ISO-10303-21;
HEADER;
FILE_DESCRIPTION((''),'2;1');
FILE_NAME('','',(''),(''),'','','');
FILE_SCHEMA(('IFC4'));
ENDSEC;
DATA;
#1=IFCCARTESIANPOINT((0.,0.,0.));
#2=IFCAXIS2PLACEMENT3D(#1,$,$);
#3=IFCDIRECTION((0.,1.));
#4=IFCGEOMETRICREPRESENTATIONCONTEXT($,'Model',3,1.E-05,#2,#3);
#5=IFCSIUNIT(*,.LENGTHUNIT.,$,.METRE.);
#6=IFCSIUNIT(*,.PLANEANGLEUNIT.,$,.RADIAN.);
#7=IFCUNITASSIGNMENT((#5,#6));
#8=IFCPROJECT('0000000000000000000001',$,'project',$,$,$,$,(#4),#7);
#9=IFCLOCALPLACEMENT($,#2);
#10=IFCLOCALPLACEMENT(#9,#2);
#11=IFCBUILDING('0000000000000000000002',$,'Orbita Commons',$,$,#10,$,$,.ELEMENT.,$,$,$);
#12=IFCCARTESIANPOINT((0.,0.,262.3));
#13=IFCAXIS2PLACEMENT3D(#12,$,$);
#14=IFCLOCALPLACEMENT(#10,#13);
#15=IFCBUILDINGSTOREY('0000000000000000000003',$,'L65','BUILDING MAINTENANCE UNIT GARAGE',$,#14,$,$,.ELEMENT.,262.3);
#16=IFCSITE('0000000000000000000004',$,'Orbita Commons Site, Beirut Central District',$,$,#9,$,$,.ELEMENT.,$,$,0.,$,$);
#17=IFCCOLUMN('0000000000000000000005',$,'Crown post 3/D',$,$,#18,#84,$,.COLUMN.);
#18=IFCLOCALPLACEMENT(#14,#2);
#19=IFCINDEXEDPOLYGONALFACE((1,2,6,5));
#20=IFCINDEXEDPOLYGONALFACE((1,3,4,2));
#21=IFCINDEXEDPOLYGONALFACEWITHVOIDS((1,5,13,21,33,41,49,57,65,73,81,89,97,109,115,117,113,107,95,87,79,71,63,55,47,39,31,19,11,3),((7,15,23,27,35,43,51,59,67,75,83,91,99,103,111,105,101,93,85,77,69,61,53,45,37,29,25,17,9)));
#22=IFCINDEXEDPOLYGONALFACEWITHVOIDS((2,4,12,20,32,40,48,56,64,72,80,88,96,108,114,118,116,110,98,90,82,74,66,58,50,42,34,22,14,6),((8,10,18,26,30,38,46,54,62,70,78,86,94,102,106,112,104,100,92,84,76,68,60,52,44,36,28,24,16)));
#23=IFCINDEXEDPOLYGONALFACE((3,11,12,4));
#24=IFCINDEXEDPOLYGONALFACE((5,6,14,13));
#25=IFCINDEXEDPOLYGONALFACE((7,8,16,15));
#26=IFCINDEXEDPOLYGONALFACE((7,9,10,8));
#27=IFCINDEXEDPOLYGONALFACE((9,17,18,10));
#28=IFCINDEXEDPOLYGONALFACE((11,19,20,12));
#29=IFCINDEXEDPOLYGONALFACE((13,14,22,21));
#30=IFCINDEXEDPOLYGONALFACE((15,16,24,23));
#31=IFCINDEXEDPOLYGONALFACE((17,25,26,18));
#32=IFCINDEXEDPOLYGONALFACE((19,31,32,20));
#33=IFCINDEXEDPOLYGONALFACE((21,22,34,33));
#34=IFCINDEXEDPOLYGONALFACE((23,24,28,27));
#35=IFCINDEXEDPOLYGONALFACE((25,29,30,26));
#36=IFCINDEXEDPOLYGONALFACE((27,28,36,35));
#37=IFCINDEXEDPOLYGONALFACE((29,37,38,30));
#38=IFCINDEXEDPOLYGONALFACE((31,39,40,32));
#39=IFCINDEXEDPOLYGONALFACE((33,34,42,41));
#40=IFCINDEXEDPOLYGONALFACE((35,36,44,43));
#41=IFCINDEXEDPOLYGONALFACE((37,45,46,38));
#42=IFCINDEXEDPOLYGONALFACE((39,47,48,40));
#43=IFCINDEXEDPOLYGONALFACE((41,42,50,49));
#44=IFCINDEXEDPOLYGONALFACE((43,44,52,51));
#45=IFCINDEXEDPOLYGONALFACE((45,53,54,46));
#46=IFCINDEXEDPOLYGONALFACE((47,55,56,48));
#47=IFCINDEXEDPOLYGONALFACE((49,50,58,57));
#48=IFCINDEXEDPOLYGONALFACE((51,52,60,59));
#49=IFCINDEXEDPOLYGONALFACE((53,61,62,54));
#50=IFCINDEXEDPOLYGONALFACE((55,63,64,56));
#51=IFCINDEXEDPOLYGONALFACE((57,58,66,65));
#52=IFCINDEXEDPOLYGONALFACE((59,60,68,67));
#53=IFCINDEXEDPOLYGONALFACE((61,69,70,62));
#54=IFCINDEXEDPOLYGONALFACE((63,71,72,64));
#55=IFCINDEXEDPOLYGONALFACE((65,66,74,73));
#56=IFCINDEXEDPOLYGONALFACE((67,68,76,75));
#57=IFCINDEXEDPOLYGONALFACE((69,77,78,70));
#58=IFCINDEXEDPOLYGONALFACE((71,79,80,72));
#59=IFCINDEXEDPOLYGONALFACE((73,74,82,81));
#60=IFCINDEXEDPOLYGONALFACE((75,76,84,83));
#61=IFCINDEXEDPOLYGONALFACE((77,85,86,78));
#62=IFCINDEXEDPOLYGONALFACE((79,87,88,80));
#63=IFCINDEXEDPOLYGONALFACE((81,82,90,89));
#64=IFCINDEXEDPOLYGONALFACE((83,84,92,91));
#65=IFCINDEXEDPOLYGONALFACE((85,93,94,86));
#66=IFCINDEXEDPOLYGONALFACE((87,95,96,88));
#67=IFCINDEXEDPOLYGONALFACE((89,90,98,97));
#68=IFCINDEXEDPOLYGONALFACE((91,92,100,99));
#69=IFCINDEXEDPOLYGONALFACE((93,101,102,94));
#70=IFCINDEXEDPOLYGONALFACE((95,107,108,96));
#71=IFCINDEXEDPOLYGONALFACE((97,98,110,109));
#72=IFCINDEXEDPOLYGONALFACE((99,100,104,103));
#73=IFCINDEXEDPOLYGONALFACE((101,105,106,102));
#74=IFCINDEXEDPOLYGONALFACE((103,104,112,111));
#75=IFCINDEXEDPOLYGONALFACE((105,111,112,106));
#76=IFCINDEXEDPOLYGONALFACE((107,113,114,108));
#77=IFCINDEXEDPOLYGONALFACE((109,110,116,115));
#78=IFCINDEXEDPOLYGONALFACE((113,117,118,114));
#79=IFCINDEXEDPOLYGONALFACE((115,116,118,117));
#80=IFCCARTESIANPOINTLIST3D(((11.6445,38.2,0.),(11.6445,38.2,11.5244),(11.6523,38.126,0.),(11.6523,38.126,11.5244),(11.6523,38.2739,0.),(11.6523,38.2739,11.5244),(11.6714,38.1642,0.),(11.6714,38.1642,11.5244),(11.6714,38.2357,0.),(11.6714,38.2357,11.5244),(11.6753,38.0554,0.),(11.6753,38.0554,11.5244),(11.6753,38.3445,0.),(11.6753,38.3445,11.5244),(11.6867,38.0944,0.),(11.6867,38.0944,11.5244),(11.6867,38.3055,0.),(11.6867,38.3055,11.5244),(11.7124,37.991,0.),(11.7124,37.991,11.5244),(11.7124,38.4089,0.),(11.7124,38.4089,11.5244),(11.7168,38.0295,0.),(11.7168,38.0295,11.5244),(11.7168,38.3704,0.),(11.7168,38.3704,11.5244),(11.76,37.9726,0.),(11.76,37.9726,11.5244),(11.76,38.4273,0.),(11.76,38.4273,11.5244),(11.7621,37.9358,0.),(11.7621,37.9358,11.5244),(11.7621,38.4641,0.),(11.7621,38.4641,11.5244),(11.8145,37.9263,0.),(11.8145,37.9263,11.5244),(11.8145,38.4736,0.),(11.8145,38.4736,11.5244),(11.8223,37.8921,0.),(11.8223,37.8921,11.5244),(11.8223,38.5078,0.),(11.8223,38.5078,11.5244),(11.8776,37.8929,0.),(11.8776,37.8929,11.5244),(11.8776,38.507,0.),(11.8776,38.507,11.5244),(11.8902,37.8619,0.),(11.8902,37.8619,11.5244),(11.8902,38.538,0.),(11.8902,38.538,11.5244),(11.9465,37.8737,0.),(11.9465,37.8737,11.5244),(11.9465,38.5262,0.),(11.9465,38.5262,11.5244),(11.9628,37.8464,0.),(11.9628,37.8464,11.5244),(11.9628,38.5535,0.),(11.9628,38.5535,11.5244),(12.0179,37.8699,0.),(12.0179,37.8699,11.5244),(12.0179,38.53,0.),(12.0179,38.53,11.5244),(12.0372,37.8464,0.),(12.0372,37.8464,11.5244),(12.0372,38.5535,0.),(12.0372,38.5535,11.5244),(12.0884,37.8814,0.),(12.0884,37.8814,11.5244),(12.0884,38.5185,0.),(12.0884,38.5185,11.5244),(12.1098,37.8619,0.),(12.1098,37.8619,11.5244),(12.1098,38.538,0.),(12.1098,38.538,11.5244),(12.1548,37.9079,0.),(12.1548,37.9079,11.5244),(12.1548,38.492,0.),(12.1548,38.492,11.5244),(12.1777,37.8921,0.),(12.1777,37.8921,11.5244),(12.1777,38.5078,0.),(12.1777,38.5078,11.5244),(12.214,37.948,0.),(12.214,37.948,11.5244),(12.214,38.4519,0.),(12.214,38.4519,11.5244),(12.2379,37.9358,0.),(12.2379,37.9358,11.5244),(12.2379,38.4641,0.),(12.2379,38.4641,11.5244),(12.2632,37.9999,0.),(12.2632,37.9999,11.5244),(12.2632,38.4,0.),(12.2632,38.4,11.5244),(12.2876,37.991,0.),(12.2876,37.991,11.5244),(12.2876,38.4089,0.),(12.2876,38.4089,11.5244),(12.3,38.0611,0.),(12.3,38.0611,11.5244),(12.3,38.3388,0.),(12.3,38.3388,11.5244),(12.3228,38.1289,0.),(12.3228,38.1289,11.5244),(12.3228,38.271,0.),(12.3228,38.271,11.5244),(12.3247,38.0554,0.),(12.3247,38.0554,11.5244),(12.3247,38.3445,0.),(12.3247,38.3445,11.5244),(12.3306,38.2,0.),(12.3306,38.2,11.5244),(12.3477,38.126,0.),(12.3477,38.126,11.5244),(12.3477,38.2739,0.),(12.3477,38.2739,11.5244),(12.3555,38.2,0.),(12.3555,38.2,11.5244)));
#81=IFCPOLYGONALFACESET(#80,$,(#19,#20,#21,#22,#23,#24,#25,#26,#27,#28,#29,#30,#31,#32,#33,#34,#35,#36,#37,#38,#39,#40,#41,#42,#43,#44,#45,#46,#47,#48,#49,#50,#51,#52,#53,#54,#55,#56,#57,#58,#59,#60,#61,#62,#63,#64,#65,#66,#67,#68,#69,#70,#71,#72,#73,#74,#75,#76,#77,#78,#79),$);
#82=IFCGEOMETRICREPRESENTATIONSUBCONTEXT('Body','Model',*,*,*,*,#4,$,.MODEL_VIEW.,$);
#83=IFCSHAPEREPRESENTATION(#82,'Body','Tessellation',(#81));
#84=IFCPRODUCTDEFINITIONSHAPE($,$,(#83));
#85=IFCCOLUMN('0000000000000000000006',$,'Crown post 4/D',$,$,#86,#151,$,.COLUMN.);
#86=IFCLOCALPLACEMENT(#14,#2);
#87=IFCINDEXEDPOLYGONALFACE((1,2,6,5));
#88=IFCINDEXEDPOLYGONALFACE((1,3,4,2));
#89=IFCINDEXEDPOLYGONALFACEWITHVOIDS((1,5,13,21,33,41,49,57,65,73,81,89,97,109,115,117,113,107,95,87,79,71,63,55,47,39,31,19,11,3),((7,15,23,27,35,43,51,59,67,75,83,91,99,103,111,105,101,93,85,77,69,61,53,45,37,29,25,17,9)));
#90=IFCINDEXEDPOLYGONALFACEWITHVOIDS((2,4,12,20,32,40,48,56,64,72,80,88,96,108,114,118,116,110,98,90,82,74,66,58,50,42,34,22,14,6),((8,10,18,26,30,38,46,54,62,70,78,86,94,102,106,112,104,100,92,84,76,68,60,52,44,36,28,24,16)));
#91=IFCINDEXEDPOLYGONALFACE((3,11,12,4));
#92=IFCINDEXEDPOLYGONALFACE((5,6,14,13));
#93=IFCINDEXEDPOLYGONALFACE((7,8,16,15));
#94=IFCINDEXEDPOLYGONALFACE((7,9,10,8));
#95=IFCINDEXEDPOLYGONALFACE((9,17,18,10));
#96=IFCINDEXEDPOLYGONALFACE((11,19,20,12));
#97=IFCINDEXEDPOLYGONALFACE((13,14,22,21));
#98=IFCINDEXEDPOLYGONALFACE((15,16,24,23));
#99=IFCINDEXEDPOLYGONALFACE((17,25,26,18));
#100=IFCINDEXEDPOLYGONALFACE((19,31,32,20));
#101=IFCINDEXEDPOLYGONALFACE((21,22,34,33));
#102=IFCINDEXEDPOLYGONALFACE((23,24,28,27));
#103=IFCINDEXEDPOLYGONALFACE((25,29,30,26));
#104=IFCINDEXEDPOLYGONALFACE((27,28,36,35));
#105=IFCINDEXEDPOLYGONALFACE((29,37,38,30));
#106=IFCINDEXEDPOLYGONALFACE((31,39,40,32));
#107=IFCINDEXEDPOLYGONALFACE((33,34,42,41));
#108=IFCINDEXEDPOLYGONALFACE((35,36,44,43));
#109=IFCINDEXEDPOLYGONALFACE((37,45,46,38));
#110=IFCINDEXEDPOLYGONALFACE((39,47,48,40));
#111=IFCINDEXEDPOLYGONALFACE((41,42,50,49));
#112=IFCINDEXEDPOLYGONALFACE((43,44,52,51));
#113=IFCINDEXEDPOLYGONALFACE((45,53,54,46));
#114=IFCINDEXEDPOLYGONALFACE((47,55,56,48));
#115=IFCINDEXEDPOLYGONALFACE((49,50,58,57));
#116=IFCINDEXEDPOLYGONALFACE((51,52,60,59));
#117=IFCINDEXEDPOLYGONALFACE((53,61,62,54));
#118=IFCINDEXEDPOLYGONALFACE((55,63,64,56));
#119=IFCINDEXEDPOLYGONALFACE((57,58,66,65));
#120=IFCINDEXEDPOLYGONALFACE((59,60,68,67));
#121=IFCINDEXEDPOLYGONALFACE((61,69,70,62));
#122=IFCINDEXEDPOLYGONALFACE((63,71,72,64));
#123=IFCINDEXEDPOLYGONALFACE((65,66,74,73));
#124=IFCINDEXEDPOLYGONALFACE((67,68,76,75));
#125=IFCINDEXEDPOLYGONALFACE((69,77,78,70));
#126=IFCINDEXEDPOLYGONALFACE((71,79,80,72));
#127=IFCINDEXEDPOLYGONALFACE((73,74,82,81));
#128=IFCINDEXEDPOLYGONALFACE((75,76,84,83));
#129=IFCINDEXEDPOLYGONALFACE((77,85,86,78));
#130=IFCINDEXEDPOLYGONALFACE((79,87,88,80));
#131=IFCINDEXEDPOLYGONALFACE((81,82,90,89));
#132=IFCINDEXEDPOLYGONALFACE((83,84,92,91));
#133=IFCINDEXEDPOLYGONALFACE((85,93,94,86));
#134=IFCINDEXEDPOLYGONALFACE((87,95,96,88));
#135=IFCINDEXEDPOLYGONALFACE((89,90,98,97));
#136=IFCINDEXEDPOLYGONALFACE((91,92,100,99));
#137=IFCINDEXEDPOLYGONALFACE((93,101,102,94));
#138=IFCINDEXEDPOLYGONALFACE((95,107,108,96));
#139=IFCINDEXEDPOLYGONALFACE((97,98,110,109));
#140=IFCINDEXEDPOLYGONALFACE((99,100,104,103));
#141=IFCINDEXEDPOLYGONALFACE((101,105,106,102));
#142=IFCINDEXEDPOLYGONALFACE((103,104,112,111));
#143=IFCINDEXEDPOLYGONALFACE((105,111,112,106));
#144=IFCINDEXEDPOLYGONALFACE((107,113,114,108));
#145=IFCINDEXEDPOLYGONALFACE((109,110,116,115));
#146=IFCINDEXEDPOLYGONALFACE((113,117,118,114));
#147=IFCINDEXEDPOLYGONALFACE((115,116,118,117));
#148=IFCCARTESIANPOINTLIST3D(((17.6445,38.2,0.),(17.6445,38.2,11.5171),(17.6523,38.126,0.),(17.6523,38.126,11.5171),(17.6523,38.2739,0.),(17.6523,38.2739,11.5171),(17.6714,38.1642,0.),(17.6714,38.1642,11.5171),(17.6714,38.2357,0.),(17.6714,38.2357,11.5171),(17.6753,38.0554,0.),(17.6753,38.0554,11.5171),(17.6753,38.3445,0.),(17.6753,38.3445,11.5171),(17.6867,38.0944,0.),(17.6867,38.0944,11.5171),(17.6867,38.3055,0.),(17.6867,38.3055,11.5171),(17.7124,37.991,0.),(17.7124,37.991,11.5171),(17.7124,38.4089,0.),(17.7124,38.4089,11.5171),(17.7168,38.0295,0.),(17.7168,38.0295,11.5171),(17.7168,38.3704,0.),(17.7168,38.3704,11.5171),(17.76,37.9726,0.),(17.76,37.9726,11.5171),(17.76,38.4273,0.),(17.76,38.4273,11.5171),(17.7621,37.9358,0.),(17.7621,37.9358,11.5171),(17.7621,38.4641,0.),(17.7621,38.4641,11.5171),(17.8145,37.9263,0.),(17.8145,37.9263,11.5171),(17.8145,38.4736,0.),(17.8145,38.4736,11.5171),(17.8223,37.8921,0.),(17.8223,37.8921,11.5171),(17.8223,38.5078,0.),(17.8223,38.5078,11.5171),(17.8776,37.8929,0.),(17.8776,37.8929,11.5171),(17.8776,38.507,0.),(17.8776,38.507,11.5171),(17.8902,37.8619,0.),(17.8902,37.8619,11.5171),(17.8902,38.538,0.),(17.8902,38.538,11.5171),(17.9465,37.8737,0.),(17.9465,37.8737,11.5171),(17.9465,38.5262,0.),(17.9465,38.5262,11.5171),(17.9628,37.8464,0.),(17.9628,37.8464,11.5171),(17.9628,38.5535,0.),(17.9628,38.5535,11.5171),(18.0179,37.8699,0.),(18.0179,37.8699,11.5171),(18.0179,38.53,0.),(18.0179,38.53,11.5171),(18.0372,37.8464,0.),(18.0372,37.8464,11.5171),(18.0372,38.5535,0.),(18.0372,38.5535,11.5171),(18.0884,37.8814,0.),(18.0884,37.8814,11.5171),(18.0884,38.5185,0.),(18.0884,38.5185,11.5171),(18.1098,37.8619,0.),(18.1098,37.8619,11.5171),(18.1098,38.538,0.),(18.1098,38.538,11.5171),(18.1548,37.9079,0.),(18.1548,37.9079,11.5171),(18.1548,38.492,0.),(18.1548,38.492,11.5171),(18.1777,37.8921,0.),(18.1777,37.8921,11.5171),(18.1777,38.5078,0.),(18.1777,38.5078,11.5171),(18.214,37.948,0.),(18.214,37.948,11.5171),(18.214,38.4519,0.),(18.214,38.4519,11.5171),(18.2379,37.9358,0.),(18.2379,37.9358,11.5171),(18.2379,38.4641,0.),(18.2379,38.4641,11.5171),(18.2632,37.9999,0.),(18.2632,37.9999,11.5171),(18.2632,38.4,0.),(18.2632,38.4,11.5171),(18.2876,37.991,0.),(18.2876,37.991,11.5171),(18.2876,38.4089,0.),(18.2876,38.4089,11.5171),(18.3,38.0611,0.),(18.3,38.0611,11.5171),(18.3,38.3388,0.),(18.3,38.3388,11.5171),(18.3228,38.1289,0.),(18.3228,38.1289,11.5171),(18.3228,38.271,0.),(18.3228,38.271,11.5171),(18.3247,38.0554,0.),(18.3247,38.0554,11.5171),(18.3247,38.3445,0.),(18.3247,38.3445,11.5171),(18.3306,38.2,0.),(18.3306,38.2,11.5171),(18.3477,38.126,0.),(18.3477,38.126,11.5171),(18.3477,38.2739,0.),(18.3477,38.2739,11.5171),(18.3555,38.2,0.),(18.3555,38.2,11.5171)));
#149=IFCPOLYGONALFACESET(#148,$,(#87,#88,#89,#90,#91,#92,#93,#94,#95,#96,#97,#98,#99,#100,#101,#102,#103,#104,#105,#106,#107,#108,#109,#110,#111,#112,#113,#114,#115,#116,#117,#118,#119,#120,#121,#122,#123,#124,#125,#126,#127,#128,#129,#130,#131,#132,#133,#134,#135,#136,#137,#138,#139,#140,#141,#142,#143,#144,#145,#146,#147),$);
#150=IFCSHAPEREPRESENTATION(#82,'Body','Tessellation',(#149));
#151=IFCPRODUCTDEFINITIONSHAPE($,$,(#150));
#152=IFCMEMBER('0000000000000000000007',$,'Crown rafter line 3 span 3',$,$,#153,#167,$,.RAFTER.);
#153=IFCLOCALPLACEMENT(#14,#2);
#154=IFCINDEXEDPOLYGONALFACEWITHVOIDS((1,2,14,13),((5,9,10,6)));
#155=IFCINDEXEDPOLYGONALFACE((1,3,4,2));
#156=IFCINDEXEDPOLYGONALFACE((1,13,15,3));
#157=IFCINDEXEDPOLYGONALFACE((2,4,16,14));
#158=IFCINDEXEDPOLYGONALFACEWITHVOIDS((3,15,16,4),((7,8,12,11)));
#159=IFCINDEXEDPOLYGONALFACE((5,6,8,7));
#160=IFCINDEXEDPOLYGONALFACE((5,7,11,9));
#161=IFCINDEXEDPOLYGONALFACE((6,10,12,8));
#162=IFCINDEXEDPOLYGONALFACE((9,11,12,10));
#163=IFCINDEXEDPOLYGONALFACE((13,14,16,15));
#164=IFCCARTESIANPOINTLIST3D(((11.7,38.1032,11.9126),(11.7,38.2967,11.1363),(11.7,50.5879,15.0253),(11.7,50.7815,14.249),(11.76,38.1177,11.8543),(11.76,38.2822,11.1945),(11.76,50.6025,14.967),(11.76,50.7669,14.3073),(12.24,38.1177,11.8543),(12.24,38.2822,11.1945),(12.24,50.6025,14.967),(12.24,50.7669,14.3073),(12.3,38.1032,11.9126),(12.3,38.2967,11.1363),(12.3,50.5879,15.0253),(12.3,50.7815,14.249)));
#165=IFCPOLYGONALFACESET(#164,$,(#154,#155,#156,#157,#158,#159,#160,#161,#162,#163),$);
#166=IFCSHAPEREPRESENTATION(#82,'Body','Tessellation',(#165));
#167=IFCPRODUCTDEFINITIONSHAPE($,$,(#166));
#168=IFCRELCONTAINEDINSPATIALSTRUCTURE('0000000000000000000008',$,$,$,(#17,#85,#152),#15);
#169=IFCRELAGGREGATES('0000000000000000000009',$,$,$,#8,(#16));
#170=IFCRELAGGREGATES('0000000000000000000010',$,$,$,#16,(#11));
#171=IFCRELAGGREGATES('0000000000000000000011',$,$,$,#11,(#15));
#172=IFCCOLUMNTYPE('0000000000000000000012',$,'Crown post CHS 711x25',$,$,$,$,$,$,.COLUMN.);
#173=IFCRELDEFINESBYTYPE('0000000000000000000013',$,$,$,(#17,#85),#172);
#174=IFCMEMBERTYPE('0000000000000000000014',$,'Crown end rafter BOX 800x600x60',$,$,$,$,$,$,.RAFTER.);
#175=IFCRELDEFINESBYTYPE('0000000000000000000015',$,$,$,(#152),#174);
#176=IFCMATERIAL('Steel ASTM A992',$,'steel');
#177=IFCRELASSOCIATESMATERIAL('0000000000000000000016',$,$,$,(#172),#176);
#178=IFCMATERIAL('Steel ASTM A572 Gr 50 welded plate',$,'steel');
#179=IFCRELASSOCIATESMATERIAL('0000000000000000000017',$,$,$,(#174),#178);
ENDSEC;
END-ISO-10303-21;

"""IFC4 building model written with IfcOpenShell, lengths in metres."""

from ifc_helpers import new_model, si_unit, direction, frame, origin, origin_2d, place, context, subcontext, project, spatial, hollow_rectangle, hollow_circle, extrude, material, material_profile, profile_set, type_object, element, save


model = new_model("IFC4")

# Units and contexts
model_context = context("Model", 3, precision=1e-05, world=origin(), true_north=direction((0.0, 1.0)))
body_context = subcontext(model_context, "Body", "Model", "MODEL_VIEW")
ifc_project = project(units=[si_unit("LENGTHUNIT", "METRE"), si_unit("PLANEANGLEUNIT", "RADIAN")], contexts=[model_context])

# Site, building, storey
site_placement = place(None, origin())
site = spatial("IfcSite", under=ifc_project, at=site_placement, Name="Orbita Commons Site, Beirut Central District", CompositionType="ELEMENT", RefElevation=0.0)
building_placement = place(site_placement, origin())
building = spatial("IfcBuilding", under=site, at=building_placement, Name="Orbita Commons", CompositionType="ELEMENT")
storey_placement = place(building_placement, frame((0.0, 0.0, 262.3)))
storey = spatial("IfcBuildingStorey", under=building, at=storey_placement, Name="L65", Description="BUILDING MAINTENANCE UNIT GARAGE", CompositionType="ELEMENT", Elevation=262.3)

# Columns
ifc_material_1 = material(Name="Steel ASTM A992", Category="steel")
ifc_material_profile_1 = material_profile(ifc_material_1, hollow_circle(Radius=0.3555, WallThickness=0.0249, at=origin_2d()), Name="CHS 711x25")
ifc_profile_set_1 = profile_set([ifc_material_profile_1], Name="Steel ASTM A992")
column_type = type_object("IfcColumnType", Name="Crown post CHS 711x25", PredefinedType="COLUMN", material=ifc_profile_set_1)
column_1_placement = place(storey_placement, frame((12.0, 38.2, 0.0), z_axis=(0.0, 0.0, 1.0), x_axis=(1.0, 0.0, 0.0)))
element("IfcColumn", 1, at=column_1_placement, inside=storey, type_object=column_type, Name="Crown post 3/D", PredefinedType="COLUMN", context=body_context, shape_type="SweptSolid", body=[
    extrude(hollow_circle(Radius=0.3555, WallThickness=0.0249, at=origin_2d()), origin(), (0.0, 0.0, 1.0), 11.5244),
])
column_2_placement = place(storey_placement, frame((18.0, 38.2, 0.0), z_axis=(0.0, 0.0, 1.0), x_axis=(1.0, 0.0, 0.0)))
element("IfcColumn", 2, at=column_2_placement, inside=storey, type_object=column_type, Name="Crown post 4/D", PredefinedType="COLUMN", context=body_context, shape_type="SweptSolid", body=[
    extrude(hollow_circle(Radius=0.3555, WallThickness=0.0249, at=origin_2d()), origin(), (0.0, 0.0, 1.0), 11.5171),
])

# Member
ifc_material_2 = material(Name="Steel ASTM A572 Gr 50 welded plate", Category="steel")
ifc_material_profile_2 = material_profile(ifc_material_2, hollow_rectangle(XDim=0.6001, YDim=0.8, WallThickness=0.0601, at=origin_2d()), Name="BOX 800x600x60")
ifc_profile_set_2 = profile_set([ifc_material_profile_2], Name="Steel ASTM A572 Gr 50 welded plate")
member_type_1 = type_object("IfcMemberType", Name="Crown end rafter BOX 800x600x60", PredefinedType="RAFTER", material=ifc_profile_set_2)
member_1_placement = place(storey_placement, frame((12.0, 38.2, 11.5244), z_axis=(0.0, 0.970296, 0.241919), x_axis=(-1.0, 0.0, 0.0)))
element("IfcMember", 3, at=member_1_placement, inside=storey, type_object=member_type_1, Name="Crown rafter line 3 span 3", PredefinedType="RAFTER", context=body_context, shape_type="SweptSolid", body=[
    extrude(hollow_rectangle(XDim=0.6001, YDim=0.8, WallThickness=0.0601, at=origin_2d()), origin(), (0.0, 0.0, 1.0), 12.8669),
])

save(model, "model.ifc")
